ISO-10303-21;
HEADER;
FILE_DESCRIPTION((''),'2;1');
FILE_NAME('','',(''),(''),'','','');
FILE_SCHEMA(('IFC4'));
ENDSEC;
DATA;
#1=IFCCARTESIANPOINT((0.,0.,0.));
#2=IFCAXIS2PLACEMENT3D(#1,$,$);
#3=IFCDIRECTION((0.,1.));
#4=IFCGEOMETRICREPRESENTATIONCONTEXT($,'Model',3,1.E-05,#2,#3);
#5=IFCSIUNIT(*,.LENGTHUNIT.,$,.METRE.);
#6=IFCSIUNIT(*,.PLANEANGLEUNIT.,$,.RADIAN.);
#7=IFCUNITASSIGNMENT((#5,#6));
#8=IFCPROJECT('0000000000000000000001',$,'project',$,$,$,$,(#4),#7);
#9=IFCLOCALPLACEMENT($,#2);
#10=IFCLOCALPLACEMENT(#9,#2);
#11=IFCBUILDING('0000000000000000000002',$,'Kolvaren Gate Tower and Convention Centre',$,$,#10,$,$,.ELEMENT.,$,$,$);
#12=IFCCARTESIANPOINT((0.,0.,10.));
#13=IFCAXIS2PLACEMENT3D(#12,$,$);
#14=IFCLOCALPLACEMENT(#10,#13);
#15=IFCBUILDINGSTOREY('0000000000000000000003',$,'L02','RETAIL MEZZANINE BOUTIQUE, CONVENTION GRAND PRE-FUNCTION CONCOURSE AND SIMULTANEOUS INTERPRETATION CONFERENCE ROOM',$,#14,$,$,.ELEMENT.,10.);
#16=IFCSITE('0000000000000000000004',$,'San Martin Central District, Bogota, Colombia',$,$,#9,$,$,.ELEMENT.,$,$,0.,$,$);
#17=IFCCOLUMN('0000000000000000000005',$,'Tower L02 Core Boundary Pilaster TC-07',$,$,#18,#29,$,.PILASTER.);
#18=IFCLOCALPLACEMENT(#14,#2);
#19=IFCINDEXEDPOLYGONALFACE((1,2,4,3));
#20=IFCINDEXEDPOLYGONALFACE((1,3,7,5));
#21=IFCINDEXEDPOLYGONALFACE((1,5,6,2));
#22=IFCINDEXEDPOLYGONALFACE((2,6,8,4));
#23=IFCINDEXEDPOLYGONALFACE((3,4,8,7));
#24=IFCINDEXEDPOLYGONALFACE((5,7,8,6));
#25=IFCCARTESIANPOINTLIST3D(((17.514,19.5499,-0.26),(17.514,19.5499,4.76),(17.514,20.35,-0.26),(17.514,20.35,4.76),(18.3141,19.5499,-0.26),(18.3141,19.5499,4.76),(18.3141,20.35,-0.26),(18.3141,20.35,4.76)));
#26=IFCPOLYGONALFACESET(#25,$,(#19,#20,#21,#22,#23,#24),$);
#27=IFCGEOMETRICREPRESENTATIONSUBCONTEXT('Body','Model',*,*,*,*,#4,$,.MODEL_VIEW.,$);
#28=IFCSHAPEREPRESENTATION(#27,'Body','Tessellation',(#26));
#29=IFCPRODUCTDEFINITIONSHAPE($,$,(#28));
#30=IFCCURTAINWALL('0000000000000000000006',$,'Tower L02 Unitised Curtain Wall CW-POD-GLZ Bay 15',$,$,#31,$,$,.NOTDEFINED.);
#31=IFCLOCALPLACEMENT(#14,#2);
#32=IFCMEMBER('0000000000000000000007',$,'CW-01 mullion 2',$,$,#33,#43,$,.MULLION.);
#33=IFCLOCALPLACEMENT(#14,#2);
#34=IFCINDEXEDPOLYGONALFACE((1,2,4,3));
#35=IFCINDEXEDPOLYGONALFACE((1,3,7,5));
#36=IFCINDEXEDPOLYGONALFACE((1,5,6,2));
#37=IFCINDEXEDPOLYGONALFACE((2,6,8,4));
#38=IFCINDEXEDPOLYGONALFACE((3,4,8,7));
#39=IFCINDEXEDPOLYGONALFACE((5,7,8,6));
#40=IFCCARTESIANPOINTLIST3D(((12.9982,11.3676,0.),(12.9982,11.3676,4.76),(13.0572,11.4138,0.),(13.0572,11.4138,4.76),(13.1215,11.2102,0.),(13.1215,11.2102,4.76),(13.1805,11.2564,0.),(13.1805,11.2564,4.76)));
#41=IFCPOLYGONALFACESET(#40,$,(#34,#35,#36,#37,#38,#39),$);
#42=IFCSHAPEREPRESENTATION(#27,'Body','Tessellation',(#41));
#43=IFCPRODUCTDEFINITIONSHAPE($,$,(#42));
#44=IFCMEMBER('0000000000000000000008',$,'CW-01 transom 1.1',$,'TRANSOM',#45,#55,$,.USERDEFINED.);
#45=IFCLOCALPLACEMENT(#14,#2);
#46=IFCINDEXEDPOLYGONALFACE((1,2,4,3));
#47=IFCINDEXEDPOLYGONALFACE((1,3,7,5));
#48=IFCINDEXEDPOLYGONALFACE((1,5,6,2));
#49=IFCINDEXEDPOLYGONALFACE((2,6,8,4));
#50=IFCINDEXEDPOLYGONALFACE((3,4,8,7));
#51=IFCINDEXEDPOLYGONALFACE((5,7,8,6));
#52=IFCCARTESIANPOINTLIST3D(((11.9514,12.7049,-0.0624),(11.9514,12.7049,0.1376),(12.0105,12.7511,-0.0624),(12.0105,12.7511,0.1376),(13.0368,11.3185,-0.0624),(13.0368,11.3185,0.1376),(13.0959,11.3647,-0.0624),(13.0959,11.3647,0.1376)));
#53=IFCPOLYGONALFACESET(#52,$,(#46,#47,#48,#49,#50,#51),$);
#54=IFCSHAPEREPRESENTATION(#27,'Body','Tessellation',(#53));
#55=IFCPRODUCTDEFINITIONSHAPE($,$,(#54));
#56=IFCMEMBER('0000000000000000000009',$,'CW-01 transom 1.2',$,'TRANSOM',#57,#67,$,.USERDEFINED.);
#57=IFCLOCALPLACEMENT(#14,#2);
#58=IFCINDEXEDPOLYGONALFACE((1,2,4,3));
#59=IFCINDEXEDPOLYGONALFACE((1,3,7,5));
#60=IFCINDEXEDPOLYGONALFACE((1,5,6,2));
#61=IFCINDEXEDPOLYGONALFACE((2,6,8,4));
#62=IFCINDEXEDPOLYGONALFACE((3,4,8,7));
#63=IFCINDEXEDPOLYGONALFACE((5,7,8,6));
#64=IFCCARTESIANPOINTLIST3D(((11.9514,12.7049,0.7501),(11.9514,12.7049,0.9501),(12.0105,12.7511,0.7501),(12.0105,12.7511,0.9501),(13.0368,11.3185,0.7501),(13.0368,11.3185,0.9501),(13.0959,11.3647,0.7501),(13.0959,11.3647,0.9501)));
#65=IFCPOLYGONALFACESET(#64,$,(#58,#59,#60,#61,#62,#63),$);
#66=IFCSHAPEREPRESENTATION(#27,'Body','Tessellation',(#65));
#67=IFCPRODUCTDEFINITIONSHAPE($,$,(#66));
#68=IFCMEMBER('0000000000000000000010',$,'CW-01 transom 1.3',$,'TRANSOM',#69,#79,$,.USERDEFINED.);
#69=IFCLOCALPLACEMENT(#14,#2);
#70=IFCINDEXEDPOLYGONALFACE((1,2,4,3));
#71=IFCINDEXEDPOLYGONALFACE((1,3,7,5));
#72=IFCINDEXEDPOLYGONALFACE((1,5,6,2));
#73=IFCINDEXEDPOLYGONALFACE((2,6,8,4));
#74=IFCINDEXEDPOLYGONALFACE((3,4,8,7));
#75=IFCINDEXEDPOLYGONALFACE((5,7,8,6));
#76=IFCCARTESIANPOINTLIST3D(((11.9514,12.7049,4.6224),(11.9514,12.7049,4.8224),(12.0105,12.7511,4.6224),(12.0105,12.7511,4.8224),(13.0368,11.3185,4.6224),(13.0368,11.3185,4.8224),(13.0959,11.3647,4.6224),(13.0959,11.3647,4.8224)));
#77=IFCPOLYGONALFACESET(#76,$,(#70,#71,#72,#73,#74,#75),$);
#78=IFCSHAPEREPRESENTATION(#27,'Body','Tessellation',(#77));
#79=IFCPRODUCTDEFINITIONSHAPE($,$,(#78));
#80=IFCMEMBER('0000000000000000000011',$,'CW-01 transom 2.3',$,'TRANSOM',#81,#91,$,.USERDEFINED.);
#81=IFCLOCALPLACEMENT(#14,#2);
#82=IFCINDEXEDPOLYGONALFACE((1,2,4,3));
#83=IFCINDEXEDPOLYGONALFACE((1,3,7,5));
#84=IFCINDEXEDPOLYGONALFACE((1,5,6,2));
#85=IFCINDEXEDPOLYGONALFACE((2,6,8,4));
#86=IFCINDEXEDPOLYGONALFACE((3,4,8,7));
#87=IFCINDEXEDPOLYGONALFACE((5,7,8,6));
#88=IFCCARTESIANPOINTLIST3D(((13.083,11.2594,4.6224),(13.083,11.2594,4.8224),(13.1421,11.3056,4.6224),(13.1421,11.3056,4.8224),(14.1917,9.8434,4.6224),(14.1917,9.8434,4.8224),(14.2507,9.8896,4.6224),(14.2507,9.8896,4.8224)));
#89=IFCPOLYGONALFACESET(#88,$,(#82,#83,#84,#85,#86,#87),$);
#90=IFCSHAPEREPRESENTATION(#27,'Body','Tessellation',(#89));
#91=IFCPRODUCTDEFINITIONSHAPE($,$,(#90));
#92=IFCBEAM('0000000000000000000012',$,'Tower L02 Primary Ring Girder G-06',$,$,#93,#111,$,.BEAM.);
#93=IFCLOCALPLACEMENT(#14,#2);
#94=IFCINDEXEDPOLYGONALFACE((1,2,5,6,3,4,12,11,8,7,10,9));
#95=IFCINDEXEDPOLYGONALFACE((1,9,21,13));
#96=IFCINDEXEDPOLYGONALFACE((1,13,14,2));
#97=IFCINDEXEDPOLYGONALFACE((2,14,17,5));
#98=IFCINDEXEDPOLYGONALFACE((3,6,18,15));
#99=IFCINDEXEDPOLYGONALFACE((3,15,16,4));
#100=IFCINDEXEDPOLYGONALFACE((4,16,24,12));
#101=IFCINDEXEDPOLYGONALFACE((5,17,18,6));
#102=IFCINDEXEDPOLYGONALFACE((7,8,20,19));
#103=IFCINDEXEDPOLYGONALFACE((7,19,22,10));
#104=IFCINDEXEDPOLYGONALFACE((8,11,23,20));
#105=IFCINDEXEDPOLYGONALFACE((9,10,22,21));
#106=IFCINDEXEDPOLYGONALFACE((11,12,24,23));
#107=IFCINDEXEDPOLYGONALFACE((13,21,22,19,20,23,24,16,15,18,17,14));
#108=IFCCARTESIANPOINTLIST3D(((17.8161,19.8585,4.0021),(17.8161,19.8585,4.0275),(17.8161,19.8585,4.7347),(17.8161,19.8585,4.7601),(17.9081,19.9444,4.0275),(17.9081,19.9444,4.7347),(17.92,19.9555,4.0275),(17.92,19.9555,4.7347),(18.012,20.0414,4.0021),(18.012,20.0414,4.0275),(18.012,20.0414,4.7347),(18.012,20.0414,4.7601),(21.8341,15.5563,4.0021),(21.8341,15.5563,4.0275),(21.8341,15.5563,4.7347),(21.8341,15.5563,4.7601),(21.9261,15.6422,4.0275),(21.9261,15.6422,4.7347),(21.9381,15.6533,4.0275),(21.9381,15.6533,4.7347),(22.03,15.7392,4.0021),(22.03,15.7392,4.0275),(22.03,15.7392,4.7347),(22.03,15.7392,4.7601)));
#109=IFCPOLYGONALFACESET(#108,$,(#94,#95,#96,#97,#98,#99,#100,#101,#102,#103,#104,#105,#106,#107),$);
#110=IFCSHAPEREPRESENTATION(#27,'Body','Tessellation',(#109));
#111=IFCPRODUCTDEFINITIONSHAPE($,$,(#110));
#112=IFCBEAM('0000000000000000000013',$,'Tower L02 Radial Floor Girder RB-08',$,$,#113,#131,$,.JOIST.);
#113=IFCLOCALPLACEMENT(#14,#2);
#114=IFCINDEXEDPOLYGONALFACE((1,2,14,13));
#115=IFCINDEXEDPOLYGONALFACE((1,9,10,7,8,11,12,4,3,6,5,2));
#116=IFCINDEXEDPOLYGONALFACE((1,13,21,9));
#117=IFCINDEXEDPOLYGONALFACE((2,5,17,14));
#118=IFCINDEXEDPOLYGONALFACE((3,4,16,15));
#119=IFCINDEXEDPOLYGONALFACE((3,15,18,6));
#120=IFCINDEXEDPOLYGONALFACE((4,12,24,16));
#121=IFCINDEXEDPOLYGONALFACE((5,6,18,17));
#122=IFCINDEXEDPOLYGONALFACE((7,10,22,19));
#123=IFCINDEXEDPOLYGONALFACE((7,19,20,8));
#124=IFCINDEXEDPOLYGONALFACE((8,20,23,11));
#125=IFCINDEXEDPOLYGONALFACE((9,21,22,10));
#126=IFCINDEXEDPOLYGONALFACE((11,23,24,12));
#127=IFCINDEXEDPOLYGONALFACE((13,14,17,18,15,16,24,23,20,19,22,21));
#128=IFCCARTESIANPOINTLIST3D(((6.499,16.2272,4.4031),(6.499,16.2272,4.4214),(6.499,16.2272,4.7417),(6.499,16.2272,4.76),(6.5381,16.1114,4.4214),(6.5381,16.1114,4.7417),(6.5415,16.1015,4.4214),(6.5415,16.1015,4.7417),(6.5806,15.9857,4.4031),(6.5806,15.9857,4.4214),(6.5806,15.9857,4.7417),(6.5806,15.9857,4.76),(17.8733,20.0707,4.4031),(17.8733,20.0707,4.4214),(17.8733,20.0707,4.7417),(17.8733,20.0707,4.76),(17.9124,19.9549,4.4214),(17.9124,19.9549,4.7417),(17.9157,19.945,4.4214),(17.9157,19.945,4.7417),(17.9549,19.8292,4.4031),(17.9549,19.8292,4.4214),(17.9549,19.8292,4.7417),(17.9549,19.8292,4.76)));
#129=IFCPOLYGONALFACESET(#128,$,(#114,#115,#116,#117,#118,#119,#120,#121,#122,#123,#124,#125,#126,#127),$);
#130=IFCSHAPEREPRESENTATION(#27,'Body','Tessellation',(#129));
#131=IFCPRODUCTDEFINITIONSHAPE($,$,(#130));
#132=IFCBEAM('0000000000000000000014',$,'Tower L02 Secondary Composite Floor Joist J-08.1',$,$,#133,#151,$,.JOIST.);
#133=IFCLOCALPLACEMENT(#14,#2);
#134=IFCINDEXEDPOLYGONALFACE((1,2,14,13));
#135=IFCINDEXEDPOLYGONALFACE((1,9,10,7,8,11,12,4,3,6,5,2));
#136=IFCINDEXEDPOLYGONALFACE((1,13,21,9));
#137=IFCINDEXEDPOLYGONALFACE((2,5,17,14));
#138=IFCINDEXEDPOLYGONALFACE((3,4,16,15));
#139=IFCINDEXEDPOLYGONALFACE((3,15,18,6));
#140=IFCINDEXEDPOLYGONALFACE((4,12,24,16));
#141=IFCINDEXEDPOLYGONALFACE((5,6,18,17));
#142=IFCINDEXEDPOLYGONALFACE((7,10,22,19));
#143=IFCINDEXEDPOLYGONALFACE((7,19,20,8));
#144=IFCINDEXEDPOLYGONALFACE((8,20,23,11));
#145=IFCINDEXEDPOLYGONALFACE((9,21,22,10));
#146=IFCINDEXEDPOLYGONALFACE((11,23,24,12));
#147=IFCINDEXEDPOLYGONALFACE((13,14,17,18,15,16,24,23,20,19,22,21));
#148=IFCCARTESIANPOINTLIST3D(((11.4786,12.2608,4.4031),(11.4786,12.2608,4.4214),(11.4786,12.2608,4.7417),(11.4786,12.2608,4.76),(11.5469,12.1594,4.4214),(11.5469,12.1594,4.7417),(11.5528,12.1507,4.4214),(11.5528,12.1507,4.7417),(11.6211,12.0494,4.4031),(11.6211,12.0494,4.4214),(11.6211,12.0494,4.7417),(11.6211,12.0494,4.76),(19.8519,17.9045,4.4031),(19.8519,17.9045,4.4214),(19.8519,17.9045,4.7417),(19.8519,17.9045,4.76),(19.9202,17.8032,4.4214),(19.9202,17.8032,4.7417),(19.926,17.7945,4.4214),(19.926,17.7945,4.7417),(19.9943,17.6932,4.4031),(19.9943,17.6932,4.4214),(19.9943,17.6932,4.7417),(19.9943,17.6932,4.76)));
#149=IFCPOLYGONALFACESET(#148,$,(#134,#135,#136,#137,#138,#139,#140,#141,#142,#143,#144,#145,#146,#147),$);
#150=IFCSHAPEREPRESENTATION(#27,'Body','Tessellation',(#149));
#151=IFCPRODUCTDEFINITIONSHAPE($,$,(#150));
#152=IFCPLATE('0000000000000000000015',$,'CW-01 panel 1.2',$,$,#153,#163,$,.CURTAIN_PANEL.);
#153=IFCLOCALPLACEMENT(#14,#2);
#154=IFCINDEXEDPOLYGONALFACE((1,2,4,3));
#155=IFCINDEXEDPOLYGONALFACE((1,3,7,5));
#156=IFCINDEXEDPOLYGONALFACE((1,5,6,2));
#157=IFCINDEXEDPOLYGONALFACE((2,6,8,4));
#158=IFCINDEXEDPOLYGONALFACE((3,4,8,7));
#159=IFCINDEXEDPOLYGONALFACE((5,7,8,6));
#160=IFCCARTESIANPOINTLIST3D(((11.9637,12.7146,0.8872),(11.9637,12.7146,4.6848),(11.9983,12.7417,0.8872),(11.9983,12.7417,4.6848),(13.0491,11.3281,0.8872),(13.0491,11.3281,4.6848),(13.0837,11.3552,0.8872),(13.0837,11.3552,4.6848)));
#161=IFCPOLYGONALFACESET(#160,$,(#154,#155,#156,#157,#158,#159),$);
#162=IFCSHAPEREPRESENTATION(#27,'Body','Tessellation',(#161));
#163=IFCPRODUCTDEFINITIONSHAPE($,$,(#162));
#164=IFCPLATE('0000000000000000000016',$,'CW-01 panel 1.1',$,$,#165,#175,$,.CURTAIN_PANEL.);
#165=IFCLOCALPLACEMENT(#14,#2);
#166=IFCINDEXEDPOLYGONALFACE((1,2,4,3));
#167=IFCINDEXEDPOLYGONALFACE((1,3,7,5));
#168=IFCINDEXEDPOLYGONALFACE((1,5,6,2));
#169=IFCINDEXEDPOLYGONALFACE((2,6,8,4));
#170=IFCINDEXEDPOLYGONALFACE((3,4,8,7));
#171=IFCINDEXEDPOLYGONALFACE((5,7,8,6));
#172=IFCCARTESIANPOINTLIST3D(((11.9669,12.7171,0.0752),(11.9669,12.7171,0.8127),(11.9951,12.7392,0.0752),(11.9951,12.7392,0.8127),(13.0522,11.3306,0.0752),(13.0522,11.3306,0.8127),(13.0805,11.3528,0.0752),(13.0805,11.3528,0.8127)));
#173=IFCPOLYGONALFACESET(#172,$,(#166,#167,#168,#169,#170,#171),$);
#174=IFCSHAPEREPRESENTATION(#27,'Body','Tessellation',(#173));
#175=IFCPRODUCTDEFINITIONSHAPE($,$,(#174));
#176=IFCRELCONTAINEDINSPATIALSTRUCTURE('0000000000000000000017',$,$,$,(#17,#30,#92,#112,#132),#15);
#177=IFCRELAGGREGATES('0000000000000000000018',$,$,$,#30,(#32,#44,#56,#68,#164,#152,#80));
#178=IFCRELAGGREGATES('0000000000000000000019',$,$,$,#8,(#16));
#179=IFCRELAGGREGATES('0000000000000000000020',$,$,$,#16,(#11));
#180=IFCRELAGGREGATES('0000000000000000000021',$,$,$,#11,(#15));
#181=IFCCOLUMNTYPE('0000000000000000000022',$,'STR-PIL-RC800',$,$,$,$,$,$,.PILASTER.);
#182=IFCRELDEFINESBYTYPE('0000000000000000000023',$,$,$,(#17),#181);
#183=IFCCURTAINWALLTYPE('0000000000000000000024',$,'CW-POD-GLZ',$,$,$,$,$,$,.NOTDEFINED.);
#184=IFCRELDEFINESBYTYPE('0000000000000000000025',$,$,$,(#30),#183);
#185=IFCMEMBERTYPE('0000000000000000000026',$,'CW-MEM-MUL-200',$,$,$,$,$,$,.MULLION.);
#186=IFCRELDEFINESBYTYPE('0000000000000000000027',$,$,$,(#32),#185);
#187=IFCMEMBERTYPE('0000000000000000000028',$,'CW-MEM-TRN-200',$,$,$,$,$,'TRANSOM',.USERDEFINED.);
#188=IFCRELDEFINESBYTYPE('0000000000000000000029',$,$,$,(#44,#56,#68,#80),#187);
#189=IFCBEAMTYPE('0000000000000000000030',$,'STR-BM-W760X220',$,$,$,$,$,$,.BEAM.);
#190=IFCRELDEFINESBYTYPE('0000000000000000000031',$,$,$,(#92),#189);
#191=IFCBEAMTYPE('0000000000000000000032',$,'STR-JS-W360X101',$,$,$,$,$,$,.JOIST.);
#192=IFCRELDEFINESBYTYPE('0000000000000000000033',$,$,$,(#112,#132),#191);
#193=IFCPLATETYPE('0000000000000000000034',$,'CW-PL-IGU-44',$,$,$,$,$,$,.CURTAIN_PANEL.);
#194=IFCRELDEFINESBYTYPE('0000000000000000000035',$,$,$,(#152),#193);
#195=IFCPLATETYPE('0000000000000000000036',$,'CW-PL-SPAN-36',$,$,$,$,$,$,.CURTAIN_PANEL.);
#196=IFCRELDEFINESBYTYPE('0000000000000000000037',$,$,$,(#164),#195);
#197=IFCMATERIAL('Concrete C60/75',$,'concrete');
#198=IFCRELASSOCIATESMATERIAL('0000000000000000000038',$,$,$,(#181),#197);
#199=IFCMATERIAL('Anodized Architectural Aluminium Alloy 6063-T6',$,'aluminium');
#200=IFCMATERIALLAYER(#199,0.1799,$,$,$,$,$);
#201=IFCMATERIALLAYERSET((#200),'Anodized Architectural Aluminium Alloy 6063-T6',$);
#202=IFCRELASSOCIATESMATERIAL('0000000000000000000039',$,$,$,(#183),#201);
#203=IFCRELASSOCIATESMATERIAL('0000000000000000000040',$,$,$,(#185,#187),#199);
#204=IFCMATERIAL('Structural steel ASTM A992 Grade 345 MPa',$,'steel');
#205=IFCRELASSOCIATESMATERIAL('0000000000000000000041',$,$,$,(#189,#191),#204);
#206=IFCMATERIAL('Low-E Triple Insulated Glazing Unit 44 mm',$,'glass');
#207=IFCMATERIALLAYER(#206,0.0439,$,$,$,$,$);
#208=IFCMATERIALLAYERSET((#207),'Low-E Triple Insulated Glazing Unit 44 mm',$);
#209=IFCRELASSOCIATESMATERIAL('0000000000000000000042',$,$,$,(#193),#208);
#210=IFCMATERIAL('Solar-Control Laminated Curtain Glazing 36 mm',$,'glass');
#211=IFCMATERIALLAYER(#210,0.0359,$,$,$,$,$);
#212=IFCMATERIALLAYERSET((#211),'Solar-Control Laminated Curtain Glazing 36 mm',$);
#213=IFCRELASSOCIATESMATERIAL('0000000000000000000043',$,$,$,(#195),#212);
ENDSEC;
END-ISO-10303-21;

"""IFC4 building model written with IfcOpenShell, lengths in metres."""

from ifc_helpers import new_model, si_unit, direction, frame, origin, origin_2d, place, context, subcontext, project, spatial, rectangle, i_section, extrude, material, layer, layer_set, material_profile, profile_set, type_object, element, aggregate, save


model = new_model("IFC4")

# Units and contexts
model_context = context("Model", 3, precision=1e-05, world=origin(), true_north=direction((0.0, 1.0)))
body_context = subcontext(model_context, "Body", "Model", "MODEL_VIEW")
ifc_project = project(units=[si_unit("LENGTHUNIT", "METRE"), si_unit("PLANEANGLEUNIT", "RADIAN")], contexts=[model_context])

# Site, building, storey
site_placement = place(None, origin())
site = spatial("IfcSite", under=ifc_project, at=site_placement, Name="San Martin Central District, Bogota, Colombia", CompositionType="ELEMENT", RefElevation=0.0)
building_placement = place(site_placement, origin())
building = spatial("IfcBuilding", under=site, at=building_placement, Name="Kolvaren Gate Tower and Convention Centre", CompositionType="ELEMENT")
storey_placement = place(building_placement, frame((0.0, 0.0, 10.0)))
storey = spatial("IfcBuildingStorey", under=building, at=storey_placement, Name="L02", Description="RETAIL MEZZANINE BOUTIQUE, CONVENTION GRAND PRE-FUNCTION CONCOURSE AND SIMULTANEOUS INTERPRETATION CONFERENCE ROOM", CompositionType="ELEMENT", Elevation=10.0)

# Column
ifc_material_1 = material(Name="Concrete C60/75", Category="concrete")
ifc_material_profile_1 = material_profile(ifc_material_1, rectangle(XDim=0.8, YDim=0.8, at=origin_2d()), Name="RC-COL-800X800")
ifc_profile_set_1 = profile_set([ifc_material_profile_1], Name="Concrete C60/75")
column_type = type_object("IfcColumnType", Name="STR-PIL-RC800", PredefinedType="PILASTER", material=ifc_profile_set_1)
column_placement = place(storey_placement, frame((17.9141, 19.95, -0.26), z_axis=(0.0, 0.0, 1.0), x_axis=(1.0, 0.0, 0.0)))
element("IfcColumn", 1, at=column_placement, inside=storey, type_object=column_type, Name="Tower L02 Core Boundary Pilaster TC-07", PredefinedType="PILASTER", context=body_context, shape_type="SweptSolid", body=[
    extrude(rectangle(XDim=0.8, YDim=0.8, at=origin_2d()), origin(), (0.0, 0.0, 1.0), 5.02),
])

# Curtain wall, members
ifc_material_2 = material(Name="Anodized Architectural Aluminium Alloy 6063-T6", Category="aluminium")
ifc_layer_1 = layer(ifc_material_2, 0.1799)
ifc_layer_set_1 = layer_set([ifc_layer_1], Name="Anodized Architectural Aluminium Alloy 6063-T6")
curtain_wall_type = type_object("IfcCurtainWallType", Name="CW-POD-GLZ", PredefinedType="NOTDEFINED", material=ifc_layer_set_1)
curtain_wall_placement = place(storey_placement, origin())
curtain_wall = element("IfcCurtainWall", 2, at=curtain_wall_placement, inside=storey, type_object=curtain_wall_type, Name="Tower L02 Unitised Curtain Wall CW-POD-GLZ Bay 15", PredefinedType="NOTDEFINED")
ifc_material_profile_2 = material_profile(ifc_material_2, rectangle(XDim=0.075, YDim=0.2, at=origin_2d()), Name="CW-MEM-MUL-200")
ifc_profile_set_2 = profile_set([ifc_material_profile_2], Name="Anodized Architectural Aluminium Alloy 6063-T6")
member_type_1 = type_object("IfcMemberType", Name="CW-MEM-MUL-200", PredefinedType="MULLION", material=ifc_profile_set_2)
member_1_placement = place(storey_placement, frame((13.0894, 11.312, 0.0), z_axis=(0.0, 0.0, 1.0), x_axis=(0.787417, 0.616421, 0.0)))
member_1 = element("IfcMember", 3, at=member_1_placement, type_object=member_type_1, Name="CW-01 mullion 2", PredefinedType="MULLION", context=body_context, shape_type="SweptSolid", body=[
    extrude(rectangle(XDim=0.075, YDim=0.2, at=origin_2d()), origin(), (0.0, 0.0, 1.0), 4.76),
])
ifc_material_profile_3 = material_profile(ifc_material_2, rectangle(XDim=0.075, YDim=0.2, at=origin_2d()), Name="CW-MEM-TRN-200")
ifc_profile_set_3 = profile_set([ifc_material_profile_3], Name="Anodized Architectural Aluminium Alloy 6063-T6")
member_type_2 = type_object("IfcMemberType", Name="CW-MEM-TRN-200", ElementType="TRANSOM", PredefinedType="USERDEFINED", material=ifc_profile_set_3)
member_2_placement = place(storey_placement, frame((11.981, 12.728, 0.0376), z_axis=(0.616443, -0.7874, 0.0), x_axis=(0.7874, 0.616443, 0.0)))
member_2 = element("IfcMember", 4, at=member_2_placement, type_object=member_type_2, Name="CW-01 transom 1.1", ObjectType="TRANSOM", PredefinedType="USERDEFINED", context=body_context, shape_type="SweptSolid", body=[
    extrude(rectangle(XDim=0.075, YDim=0.2, at=origin_2d()), origin(), (0.0, 0.0, 1.0), 1.7607),
])
member_3_placement = place(storey_placement, frame((11.981, 12.728, 0.8501), z_axis=(0.616443, -0.7874, 0.0), x_axis=(0.7874, 0.616443, 0.0)))
member_3 = element("IfcMember", 5, at=member_3_placement, type_object=member_type_2, Name="CW-01 transom 1.2", ObjectType="TRANSOM", PredefinedType="USERDEFINED", context=body_context, shape_type="SweptSolid", body=[
    extrude(rectangle(XDim=0.075, YDim=0.2, at=origin_2d()), origin(), (0.0, 0.0, 1.0), 1.7607),
])
member_4_placement = place(storey_placement, frame((11.981, 12.728, 4.7224), z_axis=(0.616443, -0.7874, 0.0), x_axis=(0.7874, 0.616443, 0.0)))
member_4 = element("IfcMember", 6, at=member_4_placement, type_object=member_type_2, Name="CW-01 transom 1.3", ObjectType="TRANSOM", PredefinedType="USERDEFINED", context=body_context, shape_type="SweptSolid", body=[
    extrude(rectangle(XDim=0.075, YDim=0.2, at=origin_2d()), origin(), (0.0, 0.0, 1.0), 1.7607),
])
member_5_placement = place(storey_placement, frame((13.1125, 11.2825, 4.7224), z_axis=(0.616466, -0.787382, 0.0), x_axis=(0.787382, 0.616466, 0.0)))
member_5 = element("IfcMember", 7, at=member_5_placement, type_object=member_type_2, Name="CW-01 transom 2.3", ObjectType="TRANSOM", PredefinedType="USERDEFINED", context=body_context, shape_type="SweptSolid", body=[
    extrude(rectangle(XDim=0.075, YDim=0.2, at=origin_2d()), origin(), (0.0, 0.0, 1.0), 1.7983),
])

# Beams
ifc_material_3 = material(Name="Structural steel ASTM A992 Grade 345 MPa", Category="steel")
ifc_material_profile_4 = material_profile(ifc_material_3, i_section(OverallWidth=0.2681, OverallDepth=0.7581, WebThickness=0.0164, FlangeThickness=0.0254, at=origin_2d()), Name="W760X220")
ifc_profile_set_4 = profile_set([ifc_material_profile_4], Name="Structural steel ASTM A992 Grade 345 MPa")
beam_type_1 = type_object("IfcBeamType", Name="STR-BM-W760X220", PredefinedType="BEAM", material=ifc_profile_set_4)
beam_1_placement = place(storey_placement, frame((17.9141, 19.95, 4.3811), z_axis=(0.682558, -0.730832, 0.0), x_axis=(0.730832, 0.682558, 0.0)))
element("IfcBeam", 8, at=beam_1_placement, inside=storey, type_object=beam_type_1, Name="Tower L02 Primary Ring Girder G-06", PredefinedType="BEAM", context=body_context, shape_type="SweptSolid", body=[
    extrude(i_section(OverallWidth=0.2681, OverallDepth=0.7581, WebThickness=0.0164, FlangeThickness=0.0254, at=origin_2d()), origin(), (0.0, 0.0, 1.0), 5.8867),
])
ifc_material_profile_5 = material_profile(ifc_material_3, i_section(OverallWidth=0.2549, OverallDepth=0.3569, WebThickness=0.0105, FlangeThickness=0.0183, at=origin_2d()), Name="W360X101")
ifc_profile_set_5 = profile_set([ifc_material_profile_5], Name="Structural steel ASTM A992 Grade 345 MPa")
beam_type_2 = type_object("IfcBeamType", Name="STR-JS-W360X101", PredefinedType="JOIST", material=ifc_profile_set_5)
beam_2_placement = place(storey_placement, frame((17.9141, 19.95, 4.5815), z_axis=(-0.947374, -0.320129, 0.0), x_axis=(0.320129, -0.947374, 0.0)))
element("IfcBeam", 9, at=beam_2_placement, inside=storey, type_object=beam_type_2, Name="Tower L02 Radial Floor Girder RB-08", PredefinedType="JOIST", context=body_context, shape_type="SweptSolid", body=[
    extrude(i_section(OverallWidth=0.2549, OverallDepth=0.3569, WebThickness=0.0105, FlangeThickness=0.0183, at=origin_2d()), origin(), (0.0, 0.0, 1.0), 12.0061),
])
beam_3_placement = place(storey_placement, frame((19.9231, 17.7988, 4.5815), z_axis=(-0.829224, -0.558917, 0.0), x_axis=(0.558917, -0.829224, 0.0)))
element("IfcBeam", 10, at=beam_3_placement, inside=storey, type_object=beam_type_2, Name="Tower L02 Secondary Composite Floor Joist J-08.1", PredefinedType="JOIST", context=body_context, shape_type="SweptSolid", body=[
    extrude(i_section(OverallWidth=0.2549, OverallDepth=0.3569, WebThickness=0.0105, FlangeThickness=0.0183, at=origin_2d()), origin(), (0.0, 0.0, 1.0), 10.0977),
])

# Plates
ifc_material_4 = material(Name="Low-E Triple Insulated Glazing Unit 44 mm", Category="glass")
ifc_layer_2 = layer(ifc_material_4, 0.0439)
ifc_layer_set_2 = layer_set([ifc_layer_2], Name="Low-E Triple Insulated Glazing Unit 44 mm")
plate_type_1 = type_object("IfcPlateType", Name="CW-PL-IGU-44", PredefinedType="CURTAIN_PANEL", material=ifc_layer_set_2)
plate_1_placement = place(storey_placement, frame((12.5237, 12.0349, 0.8872), z_axis=(0.0, 0.0, 1.0), x_axis=(0.616421, -0.787417, 0.0)))
plate_1 = element("IfcPlate", 11, at=plate_1_placement, type_object=plate_type_1, Name="CW-01 panel 1.2", PredefinedType="CURTAIN_PANEL", context=body_context, shape_type="SweptSolid", body=[
    extrude(rectangle(XDim=1.7607, YDim=0.0439, at=origin_2d()), origin(), (0.0, 0.0, 1.0), 3.7976),
])
ifc_material_5 = material(Name="Solar-Control Laminated Curtain Glazing 36 mm", Category="glass")
ifc_layer_3 = layer(ifc_material_5, 0.0359)
ifc_layer_set_3 = layer_set([ifc_layer_3], Name="Solar-Control Laminated Curtain Glazing 36 mm")
plate_type_2 = type_object("IfcPlateType", Name="CW-PL-SPAN-36", PredefinedType="CURTAIN_PANEL", material=ifc_layer_set_3)
plate_2_placement = place(storey_placement, frame((12.5237, 12.0349, 0.0752), z_axis=(0.0, 0.0, 1.0), x_axis=(0.616421, -0.787417, 0.0)))
plate_2 = element("IfcPlate", 12, at=plate_2_placement, type_object=plate_type_2, Name="CW-01 panel 1.1", PredefinedType="CURTAIN_PANEL", context=body_context, shape_type="SweptSolid", body=[
    extrude(rectangle(XDim=1.7607, YDim=0.0359, at=origin_2d()), origin(), (0.0, 0.0, 1.0), 0.7375),
])
aggregate(curtain_wall, [member_1, member_2, member_3, member_4, plate_2, plate_1, member_5])

save(model, "model.ifc")
